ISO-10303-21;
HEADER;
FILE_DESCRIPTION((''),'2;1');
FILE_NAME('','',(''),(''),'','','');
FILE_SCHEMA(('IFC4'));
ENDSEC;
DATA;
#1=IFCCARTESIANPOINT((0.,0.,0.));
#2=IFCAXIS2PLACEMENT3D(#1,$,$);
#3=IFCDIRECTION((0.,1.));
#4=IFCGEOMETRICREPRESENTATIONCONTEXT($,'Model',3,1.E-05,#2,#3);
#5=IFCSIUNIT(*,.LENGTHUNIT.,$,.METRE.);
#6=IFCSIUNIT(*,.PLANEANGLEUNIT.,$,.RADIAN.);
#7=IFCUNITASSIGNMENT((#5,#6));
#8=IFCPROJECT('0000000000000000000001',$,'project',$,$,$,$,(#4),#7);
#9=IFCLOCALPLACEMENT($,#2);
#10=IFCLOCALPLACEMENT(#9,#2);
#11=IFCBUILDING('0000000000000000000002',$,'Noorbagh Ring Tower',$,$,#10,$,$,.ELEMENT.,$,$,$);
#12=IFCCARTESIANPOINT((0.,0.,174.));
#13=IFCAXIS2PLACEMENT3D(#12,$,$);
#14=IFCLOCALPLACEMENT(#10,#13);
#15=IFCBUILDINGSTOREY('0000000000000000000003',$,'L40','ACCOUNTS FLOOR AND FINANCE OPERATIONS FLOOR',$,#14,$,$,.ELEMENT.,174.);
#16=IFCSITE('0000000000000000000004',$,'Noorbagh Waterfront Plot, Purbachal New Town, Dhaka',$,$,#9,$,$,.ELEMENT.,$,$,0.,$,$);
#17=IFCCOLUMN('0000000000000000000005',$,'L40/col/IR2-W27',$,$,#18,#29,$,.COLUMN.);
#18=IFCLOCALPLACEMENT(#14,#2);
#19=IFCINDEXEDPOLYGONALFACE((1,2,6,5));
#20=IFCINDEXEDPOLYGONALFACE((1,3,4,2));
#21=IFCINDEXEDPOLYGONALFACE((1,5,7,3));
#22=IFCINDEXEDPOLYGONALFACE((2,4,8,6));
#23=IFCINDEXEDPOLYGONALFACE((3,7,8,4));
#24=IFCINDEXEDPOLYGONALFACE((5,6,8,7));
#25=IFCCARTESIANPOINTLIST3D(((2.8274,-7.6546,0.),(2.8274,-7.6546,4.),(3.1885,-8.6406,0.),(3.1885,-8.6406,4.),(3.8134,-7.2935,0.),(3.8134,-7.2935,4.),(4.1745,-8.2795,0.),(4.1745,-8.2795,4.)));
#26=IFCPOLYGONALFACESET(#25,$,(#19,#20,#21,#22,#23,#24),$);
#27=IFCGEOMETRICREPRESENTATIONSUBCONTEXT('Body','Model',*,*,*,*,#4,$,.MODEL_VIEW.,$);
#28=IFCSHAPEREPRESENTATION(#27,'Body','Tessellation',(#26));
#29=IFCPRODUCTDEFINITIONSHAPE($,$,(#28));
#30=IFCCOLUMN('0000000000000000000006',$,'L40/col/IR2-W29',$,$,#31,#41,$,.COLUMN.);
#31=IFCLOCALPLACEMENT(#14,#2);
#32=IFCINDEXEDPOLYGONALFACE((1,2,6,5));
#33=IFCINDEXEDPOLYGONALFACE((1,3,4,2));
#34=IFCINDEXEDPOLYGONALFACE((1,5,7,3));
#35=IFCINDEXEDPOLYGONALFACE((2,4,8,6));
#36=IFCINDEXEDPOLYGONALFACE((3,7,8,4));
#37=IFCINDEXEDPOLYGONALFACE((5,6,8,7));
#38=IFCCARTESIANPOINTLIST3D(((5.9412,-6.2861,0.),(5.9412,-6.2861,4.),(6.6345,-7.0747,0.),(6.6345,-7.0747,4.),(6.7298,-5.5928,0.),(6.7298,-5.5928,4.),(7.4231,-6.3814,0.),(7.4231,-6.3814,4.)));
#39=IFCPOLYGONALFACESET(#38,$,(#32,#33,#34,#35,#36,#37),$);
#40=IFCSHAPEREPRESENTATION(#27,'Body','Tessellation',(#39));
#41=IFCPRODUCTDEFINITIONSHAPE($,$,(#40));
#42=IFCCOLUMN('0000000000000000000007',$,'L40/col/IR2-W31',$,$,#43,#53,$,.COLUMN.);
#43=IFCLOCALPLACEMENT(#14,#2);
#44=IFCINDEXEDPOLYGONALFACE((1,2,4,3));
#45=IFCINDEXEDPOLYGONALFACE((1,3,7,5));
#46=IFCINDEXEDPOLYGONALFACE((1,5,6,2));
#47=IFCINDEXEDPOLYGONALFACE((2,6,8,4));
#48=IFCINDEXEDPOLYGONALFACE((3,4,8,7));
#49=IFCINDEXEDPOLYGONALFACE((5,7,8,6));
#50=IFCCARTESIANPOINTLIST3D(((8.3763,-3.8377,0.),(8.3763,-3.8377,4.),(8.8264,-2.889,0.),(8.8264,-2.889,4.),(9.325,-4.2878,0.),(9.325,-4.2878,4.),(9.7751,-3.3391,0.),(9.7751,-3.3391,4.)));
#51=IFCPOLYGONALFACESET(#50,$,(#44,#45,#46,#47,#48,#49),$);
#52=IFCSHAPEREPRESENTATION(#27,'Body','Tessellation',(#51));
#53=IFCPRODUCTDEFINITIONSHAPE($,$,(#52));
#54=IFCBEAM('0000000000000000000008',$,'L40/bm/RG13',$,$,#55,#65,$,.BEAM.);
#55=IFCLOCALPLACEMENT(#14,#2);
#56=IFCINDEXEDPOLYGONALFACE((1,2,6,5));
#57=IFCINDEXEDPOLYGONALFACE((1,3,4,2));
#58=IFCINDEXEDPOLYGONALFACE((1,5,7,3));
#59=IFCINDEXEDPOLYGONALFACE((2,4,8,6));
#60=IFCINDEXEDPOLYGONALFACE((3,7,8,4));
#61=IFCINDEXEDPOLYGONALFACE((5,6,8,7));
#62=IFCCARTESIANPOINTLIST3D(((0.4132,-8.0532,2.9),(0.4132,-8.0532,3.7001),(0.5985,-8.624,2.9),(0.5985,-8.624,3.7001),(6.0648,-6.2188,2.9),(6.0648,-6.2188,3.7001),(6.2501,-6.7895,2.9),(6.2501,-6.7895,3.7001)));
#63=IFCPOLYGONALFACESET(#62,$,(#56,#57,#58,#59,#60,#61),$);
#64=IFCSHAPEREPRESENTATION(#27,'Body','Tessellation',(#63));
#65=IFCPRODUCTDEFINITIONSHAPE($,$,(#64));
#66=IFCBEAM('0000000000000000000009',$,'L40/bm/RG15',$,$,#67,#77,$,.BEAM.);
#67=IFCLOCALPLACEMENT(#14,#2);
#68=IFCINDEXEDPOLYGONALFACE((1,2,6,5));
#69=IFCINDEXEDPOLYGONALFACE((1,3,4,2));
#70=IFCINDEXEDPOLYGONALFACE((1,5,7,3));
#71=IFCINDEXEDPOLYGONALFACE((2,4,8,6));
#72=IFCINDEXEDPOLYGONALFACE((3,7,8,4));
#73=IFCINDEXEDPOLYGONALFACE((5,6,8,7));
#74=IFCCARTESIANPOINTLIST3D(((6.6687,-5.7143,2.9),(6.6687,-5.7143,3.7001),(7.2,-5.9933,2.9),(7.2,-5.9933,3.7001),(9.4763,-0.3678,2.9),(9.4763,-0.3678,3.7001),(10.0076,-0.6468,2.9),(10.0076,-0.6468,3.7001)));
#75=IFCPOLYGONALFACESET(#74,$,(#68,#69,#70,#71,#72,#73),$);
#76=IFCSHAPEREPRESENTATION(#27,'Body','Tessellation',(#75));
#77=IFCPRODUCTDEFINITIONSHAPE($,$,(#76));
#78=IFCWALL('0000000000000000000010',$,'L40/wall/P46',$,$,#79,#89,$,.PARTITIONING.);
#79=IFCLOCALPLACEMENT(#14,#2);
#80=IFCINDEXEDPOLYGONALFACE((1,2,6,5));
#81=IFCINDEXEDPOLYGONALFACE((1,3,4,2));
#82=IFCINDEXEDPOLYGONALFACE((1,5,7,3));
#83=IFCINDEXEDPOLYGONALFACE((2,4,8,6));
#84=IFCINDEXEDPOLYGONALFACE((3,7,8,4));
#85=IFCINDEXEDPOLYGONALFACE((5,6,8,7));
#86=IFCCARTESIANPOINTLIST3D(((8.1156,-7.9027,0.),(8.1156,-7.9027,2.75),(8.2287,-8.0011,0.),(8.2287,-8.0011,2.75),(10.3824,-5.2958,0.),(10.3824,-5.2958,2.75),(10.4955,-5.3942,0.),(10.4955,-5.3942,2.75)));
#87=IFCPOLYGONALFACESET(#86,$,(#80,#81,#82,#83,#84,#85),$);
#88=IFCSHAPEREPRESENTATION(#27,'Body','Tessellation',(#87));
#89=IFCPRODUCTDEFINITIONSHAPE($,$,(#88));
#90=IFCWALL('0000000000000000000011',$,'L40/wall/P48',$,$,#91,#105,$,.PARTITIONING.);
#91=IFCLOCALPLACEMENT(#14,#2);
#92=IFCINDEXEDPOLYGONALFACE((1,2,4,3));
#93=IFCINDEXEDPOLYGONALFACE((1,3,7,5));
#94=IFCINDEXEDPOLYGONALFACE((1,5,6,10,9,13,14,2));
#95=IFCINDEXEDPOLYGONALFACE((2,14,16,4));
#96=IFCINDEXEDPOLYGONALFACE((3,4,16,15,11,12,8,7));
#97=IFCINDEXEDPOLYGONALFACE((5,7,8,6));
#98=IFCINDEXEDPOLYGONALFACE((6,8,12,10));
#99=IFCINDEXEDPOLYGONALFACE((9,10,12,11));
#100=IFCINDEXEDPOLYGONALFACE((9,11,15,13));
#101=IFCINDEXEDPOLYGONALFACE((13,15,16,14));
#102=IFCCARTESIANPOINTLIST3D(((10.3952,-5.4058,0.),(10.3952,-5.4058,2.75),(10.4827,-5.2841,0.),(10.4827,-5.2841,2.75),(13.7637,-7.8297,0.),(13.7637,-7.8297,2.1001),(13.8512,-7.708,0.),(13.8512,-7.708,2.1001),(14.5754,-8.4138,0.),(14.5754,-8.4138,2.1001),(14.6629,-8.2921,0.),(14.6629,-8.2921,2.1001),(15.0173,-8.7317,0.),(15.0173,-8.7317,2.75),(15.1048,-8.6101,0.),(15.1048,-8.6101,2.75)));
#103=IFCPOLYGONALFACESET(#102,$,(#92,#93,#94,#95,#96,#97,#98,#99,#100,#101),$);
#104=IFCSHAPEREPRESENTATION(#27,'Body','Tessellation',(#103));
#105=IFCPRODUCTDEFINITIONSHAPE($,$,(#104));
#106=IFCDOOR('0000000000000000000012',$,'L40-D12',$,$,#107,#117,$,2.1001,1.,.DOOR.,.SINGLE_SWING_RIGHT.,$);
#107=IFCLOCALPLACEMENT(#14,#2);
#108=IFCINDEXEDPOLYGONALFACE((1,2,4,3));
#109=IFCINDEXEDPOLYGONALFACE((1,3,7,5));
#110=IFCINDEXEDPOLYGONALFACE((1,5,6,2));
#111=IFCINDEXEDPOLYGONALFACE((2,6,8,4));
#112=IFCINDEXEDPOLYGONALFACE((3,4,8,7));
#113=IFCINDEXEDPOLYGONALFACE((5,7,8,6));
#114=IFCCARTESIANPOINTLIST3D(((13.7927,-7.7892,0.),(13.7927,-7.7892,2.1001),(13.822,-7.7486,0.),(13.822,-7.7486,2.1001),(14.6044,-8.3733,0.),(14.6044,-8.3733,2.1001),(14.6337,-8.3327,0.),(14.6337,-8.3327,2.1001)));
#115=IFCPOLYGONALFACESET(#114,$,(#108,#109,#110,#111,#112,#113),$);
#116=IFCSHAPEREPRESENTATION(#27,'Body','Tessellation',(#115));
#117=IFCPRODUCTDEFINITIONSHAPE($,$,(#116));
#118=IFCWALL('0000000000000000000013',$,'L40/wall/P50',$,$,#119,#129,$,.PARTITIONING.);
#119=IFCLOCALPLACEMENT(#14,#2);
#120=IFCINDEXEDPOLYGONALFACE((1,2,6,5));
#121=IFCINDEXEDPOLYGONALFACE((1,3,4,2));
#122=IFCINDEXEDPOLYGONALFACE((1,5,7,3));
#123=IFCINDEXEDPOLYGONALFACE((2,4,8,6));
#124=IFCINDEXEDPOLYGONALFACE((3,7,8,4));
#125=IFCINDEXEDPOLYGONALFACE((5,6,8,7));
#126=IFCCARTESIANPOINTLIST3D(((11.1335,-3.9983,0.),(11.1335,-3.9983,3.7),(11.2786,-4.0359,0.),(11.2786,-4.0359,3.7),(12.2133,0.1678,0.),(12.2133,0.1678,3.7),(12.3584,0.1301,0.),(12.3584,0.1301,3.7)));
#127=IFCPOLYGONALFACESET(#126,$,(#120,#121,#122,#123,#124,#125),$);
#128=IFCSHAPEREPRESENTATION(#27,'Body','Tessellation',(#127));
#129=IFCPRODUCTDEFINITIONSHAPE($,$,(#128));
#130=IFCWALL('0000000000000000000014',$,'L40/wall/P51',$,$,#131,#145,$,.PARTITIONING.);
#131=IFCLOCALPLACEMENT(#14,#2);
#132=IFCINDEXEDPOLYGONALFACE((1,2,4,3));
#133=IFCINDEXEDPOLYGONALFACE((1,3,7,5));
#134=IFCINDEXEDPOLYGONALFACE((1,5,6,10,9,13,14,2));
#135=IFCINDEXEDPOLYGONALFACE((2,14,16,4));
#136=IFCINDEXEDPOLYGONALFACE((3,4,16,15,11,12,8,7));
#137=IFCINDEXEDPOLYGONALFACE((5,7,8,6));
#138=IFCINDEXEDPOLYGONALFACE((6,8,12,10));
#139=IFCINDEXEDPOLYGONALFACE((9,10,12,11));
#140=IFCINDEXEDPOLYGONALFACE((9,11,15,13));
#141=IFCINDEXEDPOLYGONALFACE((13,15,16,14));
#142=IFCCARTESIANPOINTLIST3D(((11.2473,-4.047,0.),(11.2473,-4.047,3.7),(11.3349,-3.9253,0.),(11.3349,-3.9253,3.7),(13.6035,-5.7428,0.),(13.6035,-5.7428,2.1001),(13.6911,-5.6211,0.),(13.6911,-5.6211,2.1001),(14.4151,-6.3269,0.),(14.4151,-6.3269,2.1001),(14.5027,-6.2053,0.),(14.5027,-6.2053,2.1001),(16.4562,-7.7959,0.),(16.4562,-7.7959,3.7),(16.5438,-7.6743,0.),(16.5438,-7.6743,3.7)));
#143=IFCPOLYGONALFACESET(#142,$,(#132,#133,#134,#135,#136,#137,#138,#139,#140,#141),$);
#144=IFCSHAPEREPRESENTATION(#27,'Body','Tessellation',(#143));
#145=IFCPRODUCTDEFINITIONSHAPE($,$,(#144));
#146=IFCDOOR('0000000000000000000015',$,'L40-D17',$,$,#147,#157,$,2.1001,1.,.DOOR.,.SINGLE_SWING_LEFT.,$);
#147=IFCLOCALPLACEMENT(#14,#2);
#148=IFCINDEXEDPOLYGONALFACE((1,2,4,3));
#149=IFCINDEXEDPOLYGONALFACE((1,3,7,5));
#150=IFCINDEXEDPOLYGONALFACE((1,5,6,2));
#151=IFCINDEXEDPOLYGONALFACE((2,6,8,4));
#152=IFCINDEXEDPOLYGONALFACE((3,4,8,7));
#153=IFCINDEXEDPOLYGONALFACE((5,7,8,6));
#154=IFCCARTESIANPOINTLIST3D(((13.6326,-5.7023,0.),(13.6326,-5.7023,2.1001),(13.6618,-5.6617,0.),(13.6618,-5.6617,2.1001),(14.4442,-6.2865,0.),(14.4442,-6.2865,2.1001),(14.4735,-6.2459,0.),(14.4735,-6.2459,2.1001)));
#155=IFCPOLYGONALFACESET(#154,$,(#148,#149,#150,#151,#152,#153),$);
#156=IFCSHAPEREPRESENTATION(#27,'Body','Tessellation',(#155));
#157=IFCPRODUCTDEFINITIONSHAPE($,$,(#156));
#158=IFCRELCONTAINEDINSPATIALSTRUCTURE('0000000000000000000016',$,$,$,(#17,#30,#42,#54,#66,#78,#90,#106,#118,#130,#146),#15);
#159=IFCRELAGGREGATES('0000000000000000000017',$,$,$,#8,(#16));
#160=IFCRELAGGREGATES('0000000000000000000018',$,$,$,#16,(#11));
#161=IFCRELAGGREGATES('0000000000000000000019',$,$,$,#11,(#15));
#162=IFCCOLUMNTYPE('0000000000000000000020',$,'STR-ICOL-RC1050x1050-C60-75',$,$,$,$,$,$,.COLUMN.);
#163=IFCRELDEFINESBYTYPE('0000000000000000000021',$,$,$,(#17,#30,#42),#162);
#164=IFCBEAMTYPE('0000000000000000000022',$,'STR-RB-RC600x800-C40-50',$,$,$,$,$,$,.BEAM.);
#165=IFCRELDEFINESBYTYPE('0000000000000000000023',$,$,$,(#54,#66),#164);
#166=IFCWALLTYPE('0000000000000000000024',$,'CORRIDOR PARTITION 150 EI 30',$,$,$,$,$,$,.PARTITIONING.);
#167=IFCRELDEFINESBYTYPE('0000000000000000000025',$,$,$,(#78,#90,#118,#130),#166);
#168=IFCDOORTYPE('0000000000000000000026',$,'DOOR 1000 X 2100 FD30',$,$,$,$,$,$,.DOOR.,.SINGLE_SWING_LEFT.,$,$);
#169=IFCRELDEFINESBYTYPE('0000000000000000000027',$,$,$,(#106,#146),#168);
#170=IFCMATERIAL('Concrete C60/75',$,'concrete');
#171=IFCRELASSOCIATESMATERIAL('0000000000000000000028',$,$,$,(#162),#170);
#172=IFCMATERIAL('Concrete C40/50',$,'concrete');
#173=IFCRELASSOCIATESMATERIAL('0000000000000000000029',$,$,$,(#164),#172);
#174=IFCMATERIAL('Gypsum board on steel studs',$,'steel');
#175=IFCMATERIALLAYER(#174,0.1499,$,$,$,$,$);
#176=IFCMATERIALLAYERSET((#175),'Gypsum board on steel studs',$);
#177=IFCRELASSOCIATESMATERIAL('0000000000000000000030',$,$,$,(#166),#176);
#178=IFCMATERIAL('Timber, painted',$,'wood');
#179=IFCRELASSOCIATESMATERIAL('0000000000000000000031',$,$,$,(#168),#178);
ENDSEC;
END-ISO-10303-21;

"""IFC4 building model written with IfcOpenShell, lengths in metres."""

from ifc_helpers import new_model, si_unit, direction, frame, frame_2d, origin, origin_2d, place, context, subcontext, project, spatial, rectangle, extrude, material, layer, layer_set, material_profile, profile_set, type_object, element, fill, save


model = new_model("IFC4")

# Units and contexts
model_context = context("Model", 3, precision=1e-05, world=origin(), true_north=direction((0.0, 1.0)))
body_context = subcontext(model_context, "Body", "Model", "MODEL_VIEW")
ifc_project = project(units=[si_unit("LENGTHUNIT", "METRE"), si_unit("PLANEANGLEUNIT", "RADIAN")], contexts=[model_context])

# Site, building, storey
site_placement = place(None, origin())
site = spatial("IfcSite", under=ifc_project, at=site_placement, Name="Noorbagh Waterfront Plot, Purbachal New Town, Dhaka", CompositionType="ELEMENT", RefElevation=0.0)
building_placement = place(site_placement, origin())
building = spatial("IfcBuilding", under=site, at=building_placement, Name="Noorbagh Ring Tower", CompositionType="ELEMENT")
storey_placement = place(building_placement, frame((0.0, 0.0, 174.0)))
storey = spatial("IfcBuildingStorey", under=building, at=storey_placement, Name="L40", Description="ACCOUNTS FLOOR AND FINANCE OPERATIONS FLOOR", CompositionType="ELEMENT", Elevation=174.0)

# Columns
ifc_material_1 = material(Name="Concrete C60/75", Category="concrete")
ifc_material_profile_1 = material_profile(ifc_material_1, rectangle(XDim=1.05, YDim=1.05, at=origin_2d()), Name="RC1050x1050")
ifc_profile_set_1 = profile_set([ifc_material_profile_1], Name="Concrete C60/75")
column_type = type_object("IfcColumnType", Name="STR-ICOL-RC1050x1050-C60-75", PredefinedType="COLUMN", material=ifc_profile_set_1)
for number, where, z_axis, x_axis, name in (
    (1, (3.501, -7.967, 0.0), (0.0, 0.0, 1.0), (0.93902, 0.343864, 0.0), "L40/col/IR2-W27"),
    (2, (6.6821, -6.3337, 0.0), (0.0, 0.0, 1.0), (0.751022, 0.660277, 0.0), "L40/col/IR2-W29"),
    (3, (9.0757, -3.5884, 0.0), (0.0, 0.0, 1.0), (0.428667, 0.903463, 0.0), "L40/col/IR2-W31"),
):
    element("IfcColumn", number, at=place(storey_placement, frame(where, z_axis=z_axis, x_axis=x_axis)), inside=storey, type_object=column_type, Name=name, PredefinedType="COLUMN", context=body_context, shape_type="SweptSolid", body=[
        extrude(rectangle(XDim=1.05, YDim=1.05, at=origin_2d()), origin(), (0.0, 0.0, 1.0), 4.0),
    ])

# Beams
ifc_material_2 = material(Name="Concrete C40/50", Category="concrete")
ifc_material_profile_2 = material_profile(ifc_material_2, rectangle(XDim=0.6001, YDim=0.8, at=origin_2d()), Name="RC600x800")
ifc_profile_set_2 = profile_set([ifc_material_profile_2], Name="Concrete C40/50")
beam_type = type_object("IfcBeamType", Name="STR-RB-RC600x800-C40-50", PredefinedType="BEAM", material=ifc_profile_set_2)
beam_1_placement = place(storey_placement, frame((0.5059, -8.3386, 3.3), z_axis=(0.951148, 0.308736, 0.0), x_axis=(-0.308736, 0.951148, 0.0)))
element("IfcBeam", 4, at=beam_1_placement, inside=storey, type_object=beam_type, Name="L40/bm/RG13", PredefinedType="BEAM", context=body_context, shape_type="SweptSolid", body=[
    extrude(rectangle(XDim=0.6001, YDim=0.8, at=origin_2d()), origin(), (0.0, 0.0, 1.0), 5.9419),
])
beam_2_placement = place(storey_placement, frame((6.9343, -5.8538, 3.3), z_axis=(0.46493, 0.885348, 0.0), x_axis=(-0.885348, 0.46493, 0.0)))
element("IfcBeam", 5, at=beam_2_placement, inside=storey, type_object=beam_type, Name="L40/bm/RG15", PredefinedType="BEAM", context=body_context, shape_type="SweptSolid", body=[
    extrude(rectangle(XDim=0.6001, YDim=0.8, at=origin_2d()), origin(), (0.0, 0.0, 1.0), 6.0388),
])

# Wall
ifc_material_3 = material(Name="Gypsum board on steel studs", Category="steel")
ifc_layer = layer(ifc_material_3, 0.1499)
ifc_layer_set = layer_set([ifc_layer], Name="Gypsum board on steel studs")
wall_type = type_object("IfcWallType", Name="CORRIDOR PARTITION 150 EI 30", PredefinedType="PARTITIONING", material=ifc_layer_set)
wall_1_placement = place(storey_placement, frame((8.1721, -7.9519, 0.0), z_axis=(0.0, 0.0, 1.0), x_axis=(0.65617, 0.754613, 0.0)))
element("IfcWall", 6, at=wall_1_placement, inside=storey, type_object=wall_type, Name="L40/wall/P46", PredefinedType="PARTITIONING", context=body_context, shape_type="SweptSolid", body=[
    extrude(rectangle(XDim=3.4546, YDim=0.1499, at=frame_2d((1.7273, 0.0))), origin(), (0.0, 0.0, 1.0), 2.75),
])

# Wall, opening, door
wall_2_placement = place(storey_placement, frame((10.439, -5.345, 0.0), z_axis=(0.0, 0.0, 1.0), x_axis=(0.811698, -0.584078, 0.0)))
wall_2 = element("IfcWall", 7, at=wall_2_placement, inside=storey, type_object=wall_type, Name="L40/wall/P48", PredefinedType="PARTITIONING", context=body_context, shape_type="SweptSolid", body=[
    extrude(rectangle(XDim=5.6943, YDim=0.1499, at=frame_2d((2.8472, 0.0))), origin(), (0.0, 0.0, 1.0), 2.75),
])
opening_1_placement = place(wall_2_placement, frame((4.1499, 0.0, 0.0)))
opening_1 = element("IfcOpeningElement", 8, at=opening_1_placement, cuts=wall_2, PredefinedType="OPENING", context=body_context, shape_type="SweptSolid", body=[
    extrude(rectangle(XDim=1.0, YDim=2.1001, at=frame_2d((0.5, 1.05))), frame((0.0, 0.085, 0.0), z_axis=(0.0, -1.0, 0.0), x_axis=(1.0, 0.0, 0.0)), (0.0, 0.0, 1.0), 0.1699),
])
ifc_material_4 = material(Name="Timber, painted", Category="wood")
door_type = type_object("IfcDoorType", Name="DOOR 1000 X 2100 FD30", OperationType="SINGLE_SWING_LEFT", PredefinedType="DOOR", material=ifc_material_4)
door_1_placement = place(opening_1_placement, origin())
door_1 = element("IfcDoor", 9, at=door_1_placement, inside=storey, type_object=door_type, Name="L40-D12", OperationType="SINGLE_SWING_RIGHT", OverallHeight=2.1001, OverallWidth=1.0, PredefinedType="DOOR", context=body_context, shape_type="SweptSolid", body=[
    extrude(rectangle(XDim=1.0, YDim=2.1001, at=frame_2d((0.5, 1.05))), frame((0.0, 0.0249, 0.0), z_axis=(0.0, -1.0, 0.0), x_axis=(1.0, 0.0, 0.0)), (0.0, 0.0, 1.0), 0.05),
])
fill(opening_1, door_1)

# Wall
wall_3_placement = place(storey_placement, frame((11.2061, -4.0171, 0.0), z_axis=(0.0, 0.0, 1.0), x_axis=(0.250909, 0.968011, 0.0)))
element("IfcWall", 10, at=wall_3_placement, inside=storey, type_object=wall_type, Name="L40/wall/P50", PredefinedType="PARTITIONING", context=body_context, shape_type="SweptSolid", body=[
    extrude(rectangle(XDim=4.3037, YDim=0.1499, at=frame_2d((2.1519, 0.0))), origin(), (0.0, 0.0, 1.0), 3.7),
])

# Wall, opening, door
wall_4_placement = place(storey_placement, frame((11.291, -3.9861, 0.0), z_axis=(0.0, 0.0, 1.0), x_axis=(0.811641, -0.584156, 0.0)))
wall_4 = element("IfcWall", 11, at=wall_4_placement, inside=storey, type_object=wall_type, Name="L40/wall/P51", PredefinedType="PARTITIONING", context=body_context, shape_type="SweptSolid", body=[
    extrude(rectangle(XDim=6.4177, YDim=0.1499, at=frame_2d((3.209, 0.0))), origin(), (0.0, 0.0, 1.0), 3.7),
])
opening_2_placement = place(wall_4_placement, frame((2.9031, 0.0, 0.0)))
opening_2 = element("IfcOpeningElement", 12, at=opening_2_placement, cuts=wall_4, PredefinedType="OPENING", context=body_context, shape_type="SweptSolid", body=[
    extrude(rectangle(XDim=1.0, YDim=2.1001, at=frame_2d((0.5, 1.05))), frame((0.0, 0.085, 0.0), z_axis=(0.0, -1.0, 0.0), x_axis=(1.0, 0.0, 0.0)), (0.0, 0.0, 1.0), 0.1699),
])
door_2_placement = place(opening_2_placement, origin())
door_2 = element("IfcDoor", 13, at=door_2_placement, inside=storey, type_object=door_type, Name="L40-D17", OperationType="SINGLE_SWING_LEFT", OverallHeight=2.1001, OverallWidth=1.0, PredefinedType="DOOR", context=body_context, shape_type="SweptSolid", body=[
    extrude(rectangle(XDim=1.0, YDim=2.1001, at=frame_2d((0.5, 1.05))), frame((0.0, 0.0249, 0.0), z_axis=(0.0, -1.0, 0.0), x_axis=(1.0, 0.0, 0.0)), (0.0, 0.0, 1.0), 0.05),
])
fill(opening_2, door_2)

save(model, "model.ifc")
